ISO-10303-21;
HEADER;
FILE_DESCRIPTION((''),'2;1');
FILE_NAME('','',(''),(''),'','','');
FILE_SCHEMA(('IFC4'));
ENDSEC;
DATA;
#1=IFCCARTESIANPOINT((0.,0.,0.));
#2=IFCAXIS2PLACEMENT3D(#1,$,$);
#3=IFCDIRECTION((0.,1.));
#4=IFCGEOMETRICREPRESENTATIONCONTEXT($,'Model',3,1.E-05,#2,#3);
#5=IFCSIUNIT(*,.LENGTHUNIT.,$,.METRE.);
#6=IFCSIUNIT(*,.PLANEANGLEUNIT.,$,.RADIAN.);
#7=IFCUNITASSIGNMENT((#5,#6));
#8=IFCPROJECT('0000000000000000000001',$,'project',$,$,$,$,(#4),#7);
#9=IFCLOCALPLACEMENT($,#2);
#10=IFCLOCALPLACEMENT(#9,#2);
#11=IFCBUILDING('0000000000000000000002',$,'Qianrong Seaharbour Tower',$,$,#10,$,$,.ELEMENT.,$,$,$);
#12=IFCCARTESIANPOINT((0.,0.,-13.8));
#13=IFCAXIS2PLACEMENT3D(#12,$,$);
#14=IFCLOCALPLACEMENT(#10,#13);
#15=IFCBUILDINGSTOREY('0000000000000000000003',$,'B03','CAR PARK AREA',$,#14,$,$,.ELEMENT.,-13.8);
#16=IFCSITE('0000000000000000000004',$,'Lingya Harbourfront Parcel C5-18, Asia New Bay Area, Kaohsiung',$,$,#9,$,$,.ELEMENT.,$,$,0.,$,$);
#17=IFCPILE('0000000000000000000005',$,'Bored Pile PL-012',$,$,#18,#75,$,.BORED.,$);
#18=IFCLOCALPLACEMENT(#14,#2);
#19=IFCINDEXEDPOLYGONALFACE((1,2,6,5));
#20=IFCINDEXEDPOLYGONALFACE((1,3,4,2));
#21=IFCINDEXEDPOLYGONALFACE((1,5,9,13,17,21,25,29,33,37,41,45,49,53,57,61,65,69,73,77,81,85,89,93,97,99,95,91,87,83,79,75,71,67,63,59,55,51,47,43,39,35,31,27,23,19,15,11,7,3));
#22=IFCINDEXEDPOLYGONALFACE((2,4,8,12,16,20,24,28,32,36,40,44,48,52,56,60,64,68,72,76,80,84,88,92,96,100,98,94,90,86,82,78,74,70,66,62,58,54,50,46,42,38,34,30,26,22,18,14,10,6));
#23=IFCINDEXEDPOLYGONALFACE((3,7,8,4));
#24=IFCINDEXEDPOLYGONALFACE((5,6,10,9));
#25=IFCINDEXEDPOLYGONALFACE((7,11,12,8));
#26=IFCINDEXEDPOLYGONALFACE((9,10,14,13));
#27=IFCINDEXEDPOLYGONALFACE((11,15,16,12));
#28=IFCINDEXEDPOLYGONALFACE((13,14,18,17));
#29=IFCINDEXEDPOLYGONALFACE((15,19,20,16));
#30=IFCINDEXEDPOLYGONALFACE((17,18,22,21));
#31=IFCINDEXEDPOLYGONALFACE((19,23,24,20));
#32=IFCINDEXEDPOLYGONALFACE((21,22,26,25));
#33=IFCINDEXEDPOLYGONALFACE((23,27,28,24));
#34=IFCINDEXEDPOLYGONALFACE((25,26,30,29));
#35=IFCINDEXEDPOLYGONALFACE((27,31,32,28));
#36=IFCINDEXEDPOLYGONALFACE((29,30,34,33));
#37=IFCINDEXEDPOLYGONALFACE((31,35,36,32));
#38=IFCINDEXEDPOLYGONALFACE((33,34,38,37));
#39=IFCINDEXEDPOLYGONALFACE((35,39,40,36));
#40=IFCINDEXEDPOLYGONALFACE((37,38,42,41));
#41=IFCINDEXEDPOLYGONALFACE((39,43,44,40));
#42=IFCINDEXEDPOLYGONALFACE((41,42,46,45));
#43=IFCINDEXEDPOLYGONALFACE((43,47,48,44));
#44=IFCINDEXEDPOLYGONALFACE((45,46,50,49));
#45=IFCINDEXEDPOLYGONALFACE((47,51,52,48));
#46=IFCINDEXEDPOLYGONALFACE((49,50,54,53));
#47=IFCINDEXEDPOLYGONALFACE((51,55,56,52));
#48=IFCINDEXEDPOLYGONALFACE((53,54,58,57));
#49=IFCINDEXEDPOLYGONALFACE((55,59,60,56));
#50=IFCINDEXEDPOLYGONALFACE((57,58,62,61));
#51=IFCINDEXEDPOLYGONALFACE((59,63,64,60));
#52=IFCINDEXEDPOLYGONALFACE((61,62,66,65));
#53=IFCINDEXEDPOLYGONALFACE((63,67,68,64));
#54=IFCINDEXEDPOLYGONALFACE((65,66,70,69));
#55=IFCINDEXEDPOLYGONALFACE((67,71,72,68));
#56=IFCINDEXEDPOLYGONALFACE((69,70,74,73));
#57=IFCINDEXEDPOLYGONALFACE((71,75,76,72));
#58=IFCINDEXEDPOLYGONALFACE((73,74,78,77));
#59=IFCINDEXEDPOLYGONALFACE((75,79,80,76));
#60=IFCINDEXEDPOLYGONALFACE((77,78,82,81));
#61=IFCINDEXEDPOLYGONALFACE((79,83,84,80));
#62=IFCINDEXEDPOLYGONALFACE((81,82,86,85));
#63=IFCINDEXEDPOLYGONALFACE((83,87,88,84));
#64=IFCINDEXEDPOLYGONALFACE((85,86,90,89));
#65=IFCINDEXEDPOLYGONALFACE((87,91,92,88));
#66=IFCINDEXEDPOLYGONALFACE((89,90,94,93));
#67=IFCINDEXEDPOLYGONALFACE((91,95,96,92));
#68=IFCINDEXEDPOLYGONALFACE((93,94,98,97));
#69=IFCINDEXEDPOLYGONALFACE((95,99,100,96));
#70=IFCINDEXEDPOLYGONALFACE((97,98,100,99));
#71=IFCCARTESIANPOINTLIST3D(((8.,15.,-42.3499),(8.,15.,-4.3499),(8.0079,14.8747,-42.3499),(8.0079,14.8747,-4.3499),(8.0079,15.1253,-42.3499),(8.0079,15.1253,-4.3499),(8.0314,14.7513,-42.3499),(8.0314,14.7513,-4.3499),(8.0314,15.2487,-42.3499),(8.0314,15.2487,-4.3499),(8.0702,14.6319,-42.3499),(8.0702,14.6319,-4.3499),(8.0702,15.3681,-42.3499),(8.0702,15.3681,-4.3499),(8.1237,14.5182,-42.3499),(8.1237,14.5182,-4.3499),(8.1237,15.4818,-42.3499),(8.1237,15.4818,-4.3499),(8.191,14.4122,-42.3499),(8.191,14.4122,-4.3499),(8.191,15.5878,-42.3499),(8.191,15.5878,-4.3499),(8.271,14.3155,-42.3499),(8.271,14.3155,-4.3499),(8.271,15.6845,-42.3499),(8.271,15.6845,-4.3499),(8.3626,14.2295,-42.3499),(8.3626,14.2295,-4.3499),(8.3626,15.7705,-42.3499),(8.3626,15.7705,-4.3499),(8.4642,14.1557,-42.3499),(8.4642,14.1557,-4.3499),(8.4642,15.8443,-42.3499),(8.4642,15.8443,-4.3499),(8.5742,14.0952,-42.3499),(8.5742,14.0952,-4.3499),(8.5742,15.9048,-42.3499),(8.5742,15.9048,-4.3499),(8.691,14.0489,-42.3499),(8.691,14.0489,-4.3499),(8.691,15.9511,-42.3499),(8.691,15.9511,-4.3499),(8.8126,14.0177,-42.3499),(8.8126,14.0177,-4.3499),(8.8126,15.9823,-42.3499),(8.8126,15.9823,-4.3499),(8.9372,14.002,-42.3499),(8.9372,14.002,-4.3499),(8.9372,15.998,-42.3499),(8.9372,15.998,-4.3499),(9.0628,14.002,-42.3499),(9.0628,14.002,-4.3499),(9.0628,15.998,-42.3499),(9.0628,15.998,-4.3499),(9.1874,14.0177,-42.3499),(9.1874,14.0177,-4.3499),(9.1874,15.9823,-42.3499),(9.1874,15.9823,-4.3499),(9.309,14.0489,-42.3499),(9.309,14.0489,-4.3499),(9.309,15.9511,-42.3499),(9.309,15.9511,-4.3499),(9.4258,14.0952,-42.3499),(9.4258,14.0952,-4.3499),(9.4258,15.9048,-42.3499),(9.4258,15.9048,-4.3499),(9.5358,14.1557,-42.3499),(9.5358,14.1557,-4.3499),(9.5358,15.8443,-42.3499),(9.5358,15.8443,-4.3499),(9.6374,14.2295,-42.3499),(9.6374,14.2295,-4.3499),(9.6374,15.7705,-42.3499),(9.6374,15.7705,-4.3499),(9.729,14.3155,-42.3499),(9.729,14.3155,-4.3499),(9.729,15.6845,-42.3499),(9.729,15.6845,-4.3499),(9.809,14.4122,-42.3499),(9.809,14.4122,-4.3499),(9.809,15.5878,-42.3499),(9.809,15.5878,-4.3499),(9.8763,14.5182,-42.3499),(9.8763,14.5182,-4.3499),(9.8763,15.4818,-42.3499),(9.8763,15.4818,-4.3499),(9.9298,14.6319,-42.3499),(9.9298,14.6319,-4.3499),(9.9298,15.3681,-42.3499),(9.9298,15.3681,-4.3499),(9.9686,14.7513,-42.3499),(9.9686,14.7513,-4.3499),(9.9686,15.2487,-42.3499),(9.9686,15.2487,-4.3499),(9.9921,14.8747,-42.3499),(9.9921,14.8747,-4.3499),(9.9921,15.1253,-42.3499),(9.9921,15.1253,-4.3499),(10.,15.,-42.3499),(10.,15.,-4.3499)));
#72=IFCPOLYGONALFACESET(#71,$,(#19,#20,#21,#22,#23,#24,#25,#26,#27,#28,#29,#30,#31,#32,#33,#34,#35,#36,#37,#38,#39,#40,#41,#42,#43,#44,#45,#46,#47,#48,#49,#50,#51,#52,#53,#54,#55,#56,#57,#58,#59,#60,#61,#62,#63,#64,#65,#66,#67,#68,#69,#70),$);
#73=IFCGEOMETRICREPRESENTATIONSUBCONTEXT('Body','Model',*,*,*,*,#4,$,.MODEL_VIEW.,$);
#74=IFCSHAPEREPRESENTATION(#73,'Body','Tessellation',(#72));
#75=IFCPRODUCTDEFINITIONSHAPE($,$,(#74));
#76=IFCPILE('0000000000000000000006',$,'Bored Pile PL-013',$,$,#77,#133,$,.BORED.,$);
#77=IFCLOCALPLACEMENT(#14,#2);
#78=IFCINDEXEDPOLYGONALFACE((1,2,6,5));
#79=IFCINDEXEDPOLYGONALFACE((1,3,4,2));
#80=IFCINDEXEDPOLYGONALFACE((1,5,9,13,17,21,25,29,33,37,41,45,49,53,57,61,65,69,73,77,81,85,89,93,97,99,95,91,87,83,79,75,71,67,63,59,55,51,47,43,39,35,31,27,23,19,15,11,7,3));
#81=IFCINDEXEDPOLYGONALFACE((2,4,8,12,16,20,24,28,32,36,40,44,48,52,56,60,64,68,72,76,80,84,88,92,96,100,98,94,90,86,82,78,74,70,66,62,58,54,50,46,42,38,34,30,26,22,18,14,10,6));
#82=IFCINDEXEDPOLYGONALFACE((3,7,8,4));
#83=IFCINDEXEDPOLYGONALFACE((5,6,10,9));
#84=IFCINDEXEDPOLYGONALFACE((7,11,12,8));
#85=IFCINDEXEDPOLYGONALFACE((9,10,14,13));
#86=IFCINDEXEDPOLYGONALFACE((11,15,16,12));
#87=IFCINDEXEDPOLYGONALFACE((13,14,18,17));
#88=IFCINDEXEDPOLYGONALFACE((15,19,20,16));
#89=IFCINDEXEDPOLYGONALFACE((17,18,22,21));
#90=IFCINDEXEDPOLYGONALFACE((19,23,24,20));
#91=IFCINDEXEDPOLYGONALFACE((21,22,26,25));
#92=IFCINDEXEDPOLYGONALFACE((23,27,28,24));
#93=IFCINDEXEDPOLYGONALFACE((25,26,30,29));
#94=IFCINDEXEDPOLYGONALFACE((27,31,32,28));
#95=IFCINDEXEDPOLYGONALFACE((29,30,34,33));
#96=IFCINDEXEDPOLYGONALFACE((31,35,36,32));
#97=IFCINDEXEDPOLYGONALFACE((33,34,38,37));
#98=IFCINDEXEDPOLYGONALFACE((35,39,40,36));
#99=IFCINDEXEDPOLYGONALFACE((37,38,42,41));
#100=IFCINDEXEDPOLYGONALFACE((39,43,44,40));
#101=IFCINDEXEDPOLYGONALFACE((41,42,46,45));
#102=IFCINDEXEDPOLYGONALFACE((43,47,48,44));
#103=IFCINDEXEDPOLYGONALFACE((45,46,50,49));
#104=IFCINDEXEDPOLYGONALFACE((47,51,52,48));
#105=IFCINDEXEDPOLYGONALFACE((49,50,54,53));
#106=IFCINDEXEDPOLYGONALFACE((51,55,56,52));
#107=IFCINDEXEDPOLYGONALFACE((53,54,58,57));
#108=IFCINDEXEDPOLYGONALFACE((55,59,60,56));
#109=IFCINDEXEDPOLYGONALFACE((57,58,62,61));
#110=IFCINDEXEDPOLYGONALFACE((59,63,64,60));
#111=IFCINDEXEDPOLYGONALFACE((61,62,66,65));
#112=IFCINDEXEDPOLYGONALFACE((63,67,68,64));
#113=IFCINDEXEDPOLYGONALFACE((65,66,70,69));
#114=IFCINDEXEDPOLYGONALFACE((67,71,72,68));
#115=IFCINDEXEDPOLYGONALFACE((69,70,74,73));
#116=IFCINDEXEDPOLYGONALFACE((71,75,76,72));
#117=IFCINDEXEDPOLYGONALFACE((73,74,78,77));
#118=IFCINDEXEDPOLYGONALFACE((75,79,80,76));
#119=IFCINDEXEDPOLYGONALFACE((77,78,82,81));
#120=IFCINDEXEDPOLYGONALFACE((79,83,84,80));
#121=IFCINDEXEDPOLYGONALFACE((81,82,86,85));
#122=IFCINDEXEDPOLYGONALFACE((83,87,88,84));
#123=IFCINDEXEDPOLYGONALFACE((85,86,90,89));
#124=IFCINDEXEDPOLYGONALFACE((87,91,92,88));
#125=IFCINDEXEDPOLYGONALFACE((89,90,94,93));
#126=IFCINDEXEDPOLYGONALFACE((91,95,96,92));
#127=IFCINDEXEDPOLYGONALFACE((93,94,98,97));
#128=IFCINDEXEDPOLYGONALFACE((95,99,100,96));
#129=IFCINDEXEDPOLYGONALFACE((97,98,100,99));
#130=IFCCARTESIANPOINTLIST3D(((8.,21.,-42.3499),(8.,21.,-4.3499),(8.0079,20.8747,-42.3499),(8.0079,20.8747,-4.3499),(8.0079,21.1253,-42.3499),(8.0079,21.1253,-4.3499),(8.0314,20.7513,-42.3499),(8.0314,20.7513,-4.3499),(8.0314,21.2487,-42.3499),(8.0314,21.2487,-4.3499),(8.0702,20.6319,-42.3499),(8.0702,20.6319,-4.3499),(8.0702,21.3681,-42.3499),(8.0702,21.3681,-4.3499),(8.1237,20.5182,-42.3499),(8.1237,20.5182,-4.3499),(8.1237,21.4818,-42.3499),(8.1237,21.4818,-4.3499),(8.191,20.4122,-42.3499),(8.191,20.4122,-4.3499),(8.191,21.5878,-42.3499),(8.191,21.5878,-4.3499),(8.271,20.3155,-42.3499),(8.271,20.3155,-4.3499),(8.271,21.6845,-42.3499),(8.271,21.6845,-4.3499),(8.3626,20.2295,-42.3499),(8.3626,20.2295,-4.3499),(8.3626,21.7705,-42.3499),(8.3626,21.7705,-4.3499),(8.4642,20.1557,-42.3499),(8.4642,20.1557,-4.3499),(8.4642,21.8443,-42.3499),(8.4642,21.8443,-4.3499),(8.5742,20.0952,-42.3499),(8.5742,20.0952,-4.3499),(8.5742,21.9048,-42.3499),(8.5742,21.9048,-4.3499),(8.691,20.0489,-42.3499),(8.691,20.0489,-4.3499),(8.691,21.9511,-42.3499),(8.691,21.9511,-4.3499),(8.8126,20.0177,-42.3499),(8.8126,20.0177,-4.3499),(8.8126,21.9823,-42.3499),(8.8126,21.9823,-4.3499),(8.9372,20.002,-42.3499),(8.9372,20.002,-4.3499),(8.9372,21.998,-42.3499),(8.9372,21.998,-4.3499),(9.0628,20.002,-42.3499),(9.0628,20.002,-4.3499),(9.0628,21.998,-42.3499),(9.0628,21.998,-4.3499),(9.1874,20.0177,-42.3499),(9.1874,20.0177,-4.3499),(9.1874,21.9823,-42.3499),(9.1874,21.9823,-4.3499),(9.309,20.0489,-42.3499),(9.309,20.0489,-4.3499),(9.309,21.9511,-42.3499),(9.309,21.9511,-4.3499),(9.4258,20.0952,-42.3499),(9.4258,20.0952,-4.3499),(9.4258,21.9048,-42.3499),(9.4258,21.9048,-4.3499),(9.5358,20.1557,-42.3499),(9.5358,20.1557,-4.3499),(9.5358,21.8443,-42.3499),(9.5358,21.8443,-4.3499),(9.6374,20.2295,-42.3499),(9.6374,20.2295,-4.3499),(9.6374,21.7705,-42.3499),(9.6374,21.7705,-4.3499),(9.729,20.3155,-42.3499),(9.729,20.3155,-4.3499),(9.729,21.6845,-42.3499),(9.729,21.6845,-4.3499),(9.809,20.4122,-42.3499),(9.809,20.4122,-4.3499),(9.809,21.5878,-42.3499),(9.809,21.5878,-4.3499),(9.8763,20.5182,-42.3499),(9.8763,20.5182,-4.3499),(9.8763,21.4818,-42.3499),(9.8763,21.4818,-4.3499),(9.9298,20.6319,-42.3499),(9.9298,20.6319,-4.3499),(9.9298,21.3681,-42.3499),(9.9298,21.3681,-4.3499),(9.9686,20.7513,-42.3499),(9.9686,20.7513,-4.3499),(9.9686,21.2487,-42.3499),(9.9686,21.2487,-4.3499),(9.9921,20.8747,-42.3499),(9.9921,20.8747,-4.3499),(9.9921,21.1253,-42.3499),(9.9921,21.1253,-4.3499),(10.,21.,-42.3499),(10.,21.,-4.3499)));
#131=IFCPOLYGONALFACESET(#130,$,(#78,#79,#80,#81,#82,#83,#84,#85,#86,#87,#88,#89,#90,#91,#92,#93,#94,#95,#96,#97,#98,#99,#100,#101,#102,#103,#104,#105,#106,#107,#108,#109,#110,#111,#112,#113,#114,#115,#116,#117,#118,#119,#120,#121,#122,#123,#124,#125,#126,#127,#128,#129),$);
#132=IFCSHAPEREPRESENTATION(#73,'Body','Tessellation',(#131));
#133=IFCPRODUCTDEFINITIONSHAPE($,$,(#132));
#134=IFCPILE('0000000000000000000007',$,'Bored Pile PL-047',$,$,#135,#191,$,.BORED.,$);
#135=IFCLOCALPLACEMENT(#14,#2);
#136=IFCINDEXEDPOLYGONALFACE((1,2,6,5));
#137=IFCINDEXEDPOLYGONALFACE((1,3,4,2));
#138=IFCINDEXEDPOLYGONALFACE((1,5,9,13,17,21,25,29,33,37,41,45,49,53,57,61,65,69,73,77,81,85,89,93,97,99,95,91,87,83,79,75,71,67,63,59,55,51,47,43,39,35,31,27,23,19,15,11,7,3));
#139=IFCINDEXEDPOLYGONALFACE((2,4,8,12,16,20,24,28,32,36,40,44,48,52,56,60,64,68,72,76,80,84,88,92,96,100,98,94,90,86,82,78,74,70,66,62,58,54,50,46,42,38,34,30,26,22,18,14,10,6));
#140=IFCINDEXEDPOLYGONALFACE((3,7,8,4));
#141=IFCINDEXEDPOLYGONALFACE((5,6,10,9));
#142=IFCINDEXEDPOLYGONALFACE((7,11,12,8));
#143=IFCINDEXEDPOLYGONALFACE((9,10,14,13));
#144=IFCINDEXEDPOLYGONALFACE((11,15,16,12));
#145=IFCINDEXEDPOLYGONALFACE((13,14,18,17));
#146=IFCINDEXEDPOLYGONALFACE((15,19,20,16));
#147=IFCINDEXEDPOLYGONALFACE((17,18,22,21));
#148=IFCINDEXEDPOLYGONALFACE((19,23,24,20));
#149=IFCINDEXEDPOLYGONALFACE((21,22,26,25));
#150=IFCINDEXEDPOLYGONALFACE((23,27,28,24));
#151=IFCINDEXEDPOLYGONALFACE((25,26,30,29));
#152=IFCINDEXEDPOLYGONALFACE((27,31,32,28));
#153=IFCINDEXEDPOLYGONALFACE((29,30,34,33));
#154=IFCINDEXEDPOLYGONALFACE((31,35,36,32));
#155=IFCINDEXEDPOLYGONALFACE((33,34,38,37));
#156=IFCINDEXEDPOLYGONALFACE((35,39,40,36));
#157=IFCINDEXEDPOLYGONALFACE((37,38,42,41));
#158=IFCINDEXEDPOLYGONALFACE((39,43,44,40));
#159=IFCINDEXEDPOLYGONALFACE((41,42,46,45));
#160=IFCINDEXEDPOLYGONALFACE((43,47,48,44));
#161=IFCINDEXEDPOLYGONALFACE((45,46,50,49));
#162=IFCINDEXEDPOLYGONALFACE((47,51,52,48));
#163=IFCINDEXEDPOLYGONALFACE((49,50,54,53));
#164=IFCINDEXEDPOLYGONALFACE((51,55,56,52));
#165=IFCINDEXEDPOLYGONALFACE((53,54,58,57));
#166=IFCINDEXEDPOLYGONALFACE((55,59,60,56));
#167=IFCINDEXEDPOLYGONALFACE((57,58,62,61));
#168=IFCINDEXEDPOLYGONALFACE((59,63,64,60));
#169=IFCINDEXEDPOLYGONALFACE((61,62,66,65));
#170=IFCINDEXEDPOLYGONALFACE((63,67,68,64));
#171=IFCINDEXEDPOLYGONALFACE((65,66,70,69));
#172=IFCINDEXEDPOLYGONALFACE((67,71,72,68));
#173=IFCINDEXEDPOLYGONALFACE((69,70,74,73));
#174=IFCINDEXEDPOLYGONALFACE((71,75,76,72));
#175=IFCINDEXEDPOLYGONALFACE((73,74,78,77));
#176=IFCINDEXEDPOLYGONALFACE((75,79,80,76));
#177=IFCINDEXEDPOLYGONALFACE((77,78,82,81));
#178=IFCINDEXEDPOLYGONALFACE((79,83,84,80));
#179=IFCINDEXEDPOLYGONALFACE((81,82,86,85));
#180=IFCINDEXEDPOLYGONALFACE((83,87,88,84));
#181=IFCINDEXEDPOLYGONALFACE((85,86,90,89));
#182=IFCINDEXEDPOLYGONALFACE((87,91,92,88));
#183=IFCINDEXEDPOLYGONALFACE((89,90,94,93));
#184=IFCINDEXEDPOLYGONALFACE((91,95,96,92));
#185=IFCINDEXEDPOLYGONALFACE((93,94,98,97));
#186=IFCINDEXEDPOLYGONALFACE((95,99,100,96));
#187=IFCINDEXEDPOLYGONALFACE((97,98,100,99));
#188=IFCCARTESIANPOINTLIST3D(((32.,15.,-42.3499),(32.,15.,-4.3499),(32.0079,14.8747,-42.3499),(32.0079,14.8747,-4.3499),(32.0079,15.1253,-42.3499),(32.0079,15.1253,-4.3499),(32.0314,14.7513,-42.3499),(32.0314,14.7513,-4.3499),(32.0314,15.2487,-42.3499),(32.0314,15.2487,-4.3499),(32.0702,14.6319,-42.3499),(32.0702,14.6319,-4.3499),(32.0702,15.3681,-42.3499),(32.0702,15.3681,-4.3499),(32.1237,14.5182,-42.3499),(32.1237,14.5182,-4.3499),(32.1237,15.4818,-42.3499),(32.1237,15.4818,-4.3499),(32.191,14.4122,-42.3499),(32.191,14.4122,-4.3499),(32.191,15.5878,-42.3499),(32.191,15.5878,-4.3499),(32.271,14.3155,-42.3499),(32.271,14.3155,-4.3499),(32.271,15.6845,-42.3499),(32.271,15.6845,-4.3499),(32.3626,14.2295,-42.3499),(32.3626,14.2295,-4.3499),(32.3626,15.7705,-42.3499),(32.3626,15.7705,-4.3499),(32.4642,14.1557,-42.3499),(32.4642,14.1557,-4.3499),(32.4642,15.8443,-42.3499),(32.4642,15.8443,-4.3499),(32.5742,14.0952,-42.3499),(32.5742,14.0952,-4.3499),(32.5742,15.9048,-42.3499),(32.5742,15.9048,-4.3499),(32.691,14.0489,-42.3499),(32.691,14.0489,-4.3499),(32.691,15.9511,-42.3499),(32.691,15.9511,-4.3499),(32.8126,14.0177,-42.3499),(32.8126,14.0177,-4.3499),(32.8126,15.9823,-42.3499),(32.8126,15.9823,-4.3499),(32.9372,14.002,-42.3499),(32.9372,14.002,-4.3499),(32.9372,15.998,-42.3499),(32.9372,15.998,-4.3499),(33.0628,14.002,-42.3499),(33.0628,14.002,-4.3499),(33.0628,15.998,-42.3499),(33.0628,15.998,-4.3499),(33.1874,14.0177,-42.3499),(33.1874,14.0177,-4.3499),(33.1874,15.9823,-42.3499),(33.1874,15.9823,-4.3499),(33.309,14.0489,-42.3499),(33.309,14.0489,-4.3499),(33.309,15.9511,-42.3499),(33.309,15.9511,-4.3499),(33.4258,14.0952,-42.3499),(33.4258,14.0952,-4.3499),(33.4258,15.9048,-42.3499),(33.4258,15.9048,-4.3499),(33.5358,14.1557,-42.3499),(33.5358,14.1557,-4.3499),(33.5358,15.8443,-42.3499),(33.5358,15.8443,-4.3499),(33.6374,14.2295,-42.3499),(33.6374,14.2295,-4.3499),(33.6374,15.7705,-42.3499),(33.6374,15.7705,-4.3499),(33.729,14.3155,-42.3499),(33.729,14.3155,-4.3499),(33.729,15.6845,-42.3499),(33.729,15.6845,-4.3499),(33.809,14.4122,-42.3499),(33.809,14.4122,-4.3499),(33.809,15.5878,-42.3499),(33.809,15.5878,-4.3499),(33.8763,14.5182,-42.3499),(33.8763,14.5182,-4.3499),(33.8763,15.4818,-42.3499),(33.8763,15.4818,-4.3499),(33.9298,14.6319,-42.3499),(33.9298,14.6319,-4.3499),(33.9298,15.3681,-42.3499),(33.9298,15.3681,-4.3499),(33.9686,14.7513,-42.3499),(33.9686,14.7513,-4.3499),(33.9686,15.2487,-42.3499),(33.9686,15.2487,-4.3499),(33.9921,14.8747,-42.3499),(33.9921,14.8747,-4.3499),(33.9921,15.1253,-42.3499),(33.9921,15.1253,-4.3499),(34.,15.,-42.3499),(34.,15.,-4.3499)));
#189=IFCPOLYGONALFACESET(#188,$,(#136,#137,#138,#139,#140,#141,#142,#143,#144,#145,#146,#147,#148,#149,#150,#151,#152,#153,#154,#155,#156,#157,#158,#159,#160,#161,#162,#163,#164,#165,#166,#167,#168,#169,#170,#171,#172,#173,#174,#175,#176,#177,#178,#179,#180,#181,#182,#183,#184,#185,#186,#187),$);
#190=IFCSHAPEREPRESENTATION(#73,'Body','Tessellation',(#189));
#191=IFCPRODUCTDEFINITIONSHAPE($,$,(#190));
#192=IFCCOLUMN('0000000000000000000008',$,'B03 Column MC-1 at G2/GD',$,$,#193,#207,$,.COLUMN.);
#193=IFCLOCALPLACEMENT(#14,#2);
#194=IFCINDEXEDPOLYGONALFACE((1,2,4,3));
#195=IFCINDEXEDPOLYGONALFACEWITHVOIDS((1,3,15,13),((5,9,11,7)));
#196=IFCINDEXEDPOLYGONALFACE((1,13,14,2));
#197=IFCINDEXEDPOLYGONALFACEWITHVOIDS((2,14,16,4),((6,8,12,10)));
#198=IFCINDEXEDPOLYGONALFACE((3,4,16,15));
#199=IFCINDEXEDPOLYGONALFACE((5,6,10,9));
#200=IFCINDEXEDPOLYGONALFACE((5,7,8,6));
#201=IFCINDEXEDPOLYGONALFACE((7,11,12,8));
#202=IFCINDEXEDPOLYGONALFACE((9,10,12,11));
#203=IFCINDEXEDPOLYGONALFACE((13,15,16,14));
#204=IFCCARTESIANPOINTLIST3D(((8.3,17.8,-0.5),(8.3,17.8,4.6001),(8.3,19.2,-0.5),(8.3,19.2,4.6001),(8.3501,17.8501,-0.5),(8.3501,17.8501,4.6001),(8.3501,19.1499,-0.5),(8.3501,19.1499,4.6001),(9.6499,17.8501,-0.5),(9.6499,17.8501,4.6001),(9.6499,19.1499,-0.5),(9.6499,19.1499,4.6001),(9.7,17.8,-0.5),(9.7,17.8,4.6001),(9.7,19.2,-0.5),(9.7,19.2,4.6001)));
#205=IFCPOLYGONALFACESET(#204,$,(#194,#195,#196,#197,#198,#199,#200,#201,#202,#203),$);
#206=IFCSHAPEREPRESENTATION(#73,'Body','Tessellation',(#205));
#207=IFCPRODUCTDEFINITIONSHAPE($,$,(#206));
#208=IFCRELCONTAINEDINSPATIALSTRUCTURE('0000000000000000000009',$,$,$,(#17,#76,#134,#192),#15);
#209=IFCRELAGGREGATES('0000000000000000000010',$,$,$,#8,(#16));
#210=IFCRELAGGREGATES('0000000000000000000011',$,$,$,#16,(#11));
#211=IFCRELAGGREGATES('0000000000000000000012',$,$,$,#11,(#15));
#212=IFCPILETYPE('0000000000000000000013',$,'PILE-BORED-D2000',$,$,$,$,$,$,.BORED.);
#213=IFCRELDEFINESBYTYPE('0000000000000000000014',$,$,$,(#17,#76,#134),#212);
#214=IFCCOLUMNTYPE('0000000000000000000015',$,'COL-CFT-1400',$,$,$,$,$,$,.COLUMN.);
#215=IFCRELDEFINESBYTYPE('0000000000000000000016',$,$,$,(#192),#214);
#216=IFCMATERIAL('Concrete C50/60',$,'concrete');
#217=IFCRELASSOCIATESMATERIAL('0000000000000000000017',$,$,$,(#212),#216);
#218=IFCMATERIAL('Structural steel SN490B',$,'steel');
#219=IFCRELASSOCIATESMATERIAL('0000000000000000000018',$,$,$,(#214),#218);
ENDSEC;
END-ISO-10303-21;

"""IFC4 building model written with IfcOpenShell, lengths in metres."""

from ifc_helpers import new_model, si_unit, direction, frame, origin, origin_2d, place, context, subcontext, project, spatial, hollow_rectangle, circle, extrude, material, material_profile, profile_set, type_object, element, save


model = new_model("IFC4")

# Units and contexts
model_context = context("Model", 3, precision=1e-05, world=origin(), true_north=direction((0.0, 1.0)))
body_context = subcontext(model_context, "Body", "Model", "MODEL_VIEW")
ifc_project = project(units=[si_unit("LENGTHUNIT", "METRE"), si_unit("PLANEANGLEUNIT", "RADIAN")], contexts=[model_context])

# Site, building, storey
site_placement = place(None, origin())
site = spatial("IfcSite", under=ifc_project, at=site_placement, Name="Lingya Harbourfront Parcel C5-18, Asia New Bay Area, Kaohsiung", CompositionType="ELEMENT", RefElevation=0.0)
building_placement = place(site_placement, origin())
building = spatial("IfcBuilding", under=site, at=building_placement, Name="Qianrong Seaharbour Tower", CompositionType="ELEMENT")
storey_placement = place(building_placement, frame((0.0, 0.0, -13.8)))
storey = spatial("IfcBuildingStorey", under=building, at=storey_placement, Name="B03", Description="CAR PARK AREA", CompositionType="ELEMENT", Elevation=-13.8)

# Piles
ifc_material_1 = material(Name="Concrete C50/60", Category="concrete")
ifc_material_profile_1 = material_profile(ifc_material_1, circle(Radius=1.0, at=origin_2d()), Name="PILE-D2000")
ifc_profile_set_1 = profile_set([ifc_material_profile_1], Name="Concrete C50/60")
pile_type_1 = type_object("IfcPileType", Name="PILE-BORED-D2000", PredefinedType="BORED", material=ifc_profile_set_1)
for number, where, z_axis, x_axis, name in (
    (1, (9.0, 15.0, -4.3499), (0.0, 0.0, -1.0), (1.0, 0.0, 0.0), "Bored Pile PL-012"),
    (2, (9.0, 21.0, -4.3499), (0.0, 0.0, -1.0), (1.0, 0.0, 0.0), "Bored Pile PL-013"),
    (3, (33.0, 15.0, -4.3499), (0.0, 0.0, -1.0), (1.0, 0.0, 0.0), "Bored Pile PL-047"),
):
    element("IfcPile", number, at=place(storey_placement, frame(where, z_axis=z_axis, x_axis=x_axis)), inside=storey, type_object=pile_type_1, Name=name, PredefinedType="BORED", context=body_context, shape_type="SweptSolid", body=[
        extrude(circle(Radius=1.0, at=origin_2d()), origin(), (0.0, 0.0, 1.0), 38.0),
    ])

# Column
ifc_material_2 = material(Name="Structural steel SN490B", Category="steel")
ifc_material_profile_2 = material_profile(ifc_material_2, hollow_rectangle(XDim=1.3999, YDim=1.3999, WallThickness=0.05, at=origin_2d()), Name="BOX1400x1400x50")
ifc_profile_set_2 = profile_set([ifc_material_profile_2], Name="Structural steel SN490B")
column_type_1 = type_object("IfcColumnType", Name="COL-CFT-1400", PredefinedType="COLUMN", material=ifc_profile_set_2)
for number, where, z_axis, x_axis, name in (
    (4, (9.0, 18.5, -0.5), (0.0, 0.0, 1.0), (1.0, 0.0, 0.0), "B03 Column MC-1 at G2/GD"),
):
    element("IfcColumn", number, at=place(storey_placement, frame(where, z_axis=z_axis, x_axis=x_axis)), inside=storey, type_object=column_type_1, Name=name, PredefinedType="COLUMN", context=body_context, shape_type="SweptSolid", body=[
        extrude(hollow_rectangle(XDim=1.3999, YDim=1.3999, WallThickness=0.05, at=origin_2d()), origin(), (0.0, 0.0, 1.0), 5.1001),
    ])

save(model, "model.ifc")
